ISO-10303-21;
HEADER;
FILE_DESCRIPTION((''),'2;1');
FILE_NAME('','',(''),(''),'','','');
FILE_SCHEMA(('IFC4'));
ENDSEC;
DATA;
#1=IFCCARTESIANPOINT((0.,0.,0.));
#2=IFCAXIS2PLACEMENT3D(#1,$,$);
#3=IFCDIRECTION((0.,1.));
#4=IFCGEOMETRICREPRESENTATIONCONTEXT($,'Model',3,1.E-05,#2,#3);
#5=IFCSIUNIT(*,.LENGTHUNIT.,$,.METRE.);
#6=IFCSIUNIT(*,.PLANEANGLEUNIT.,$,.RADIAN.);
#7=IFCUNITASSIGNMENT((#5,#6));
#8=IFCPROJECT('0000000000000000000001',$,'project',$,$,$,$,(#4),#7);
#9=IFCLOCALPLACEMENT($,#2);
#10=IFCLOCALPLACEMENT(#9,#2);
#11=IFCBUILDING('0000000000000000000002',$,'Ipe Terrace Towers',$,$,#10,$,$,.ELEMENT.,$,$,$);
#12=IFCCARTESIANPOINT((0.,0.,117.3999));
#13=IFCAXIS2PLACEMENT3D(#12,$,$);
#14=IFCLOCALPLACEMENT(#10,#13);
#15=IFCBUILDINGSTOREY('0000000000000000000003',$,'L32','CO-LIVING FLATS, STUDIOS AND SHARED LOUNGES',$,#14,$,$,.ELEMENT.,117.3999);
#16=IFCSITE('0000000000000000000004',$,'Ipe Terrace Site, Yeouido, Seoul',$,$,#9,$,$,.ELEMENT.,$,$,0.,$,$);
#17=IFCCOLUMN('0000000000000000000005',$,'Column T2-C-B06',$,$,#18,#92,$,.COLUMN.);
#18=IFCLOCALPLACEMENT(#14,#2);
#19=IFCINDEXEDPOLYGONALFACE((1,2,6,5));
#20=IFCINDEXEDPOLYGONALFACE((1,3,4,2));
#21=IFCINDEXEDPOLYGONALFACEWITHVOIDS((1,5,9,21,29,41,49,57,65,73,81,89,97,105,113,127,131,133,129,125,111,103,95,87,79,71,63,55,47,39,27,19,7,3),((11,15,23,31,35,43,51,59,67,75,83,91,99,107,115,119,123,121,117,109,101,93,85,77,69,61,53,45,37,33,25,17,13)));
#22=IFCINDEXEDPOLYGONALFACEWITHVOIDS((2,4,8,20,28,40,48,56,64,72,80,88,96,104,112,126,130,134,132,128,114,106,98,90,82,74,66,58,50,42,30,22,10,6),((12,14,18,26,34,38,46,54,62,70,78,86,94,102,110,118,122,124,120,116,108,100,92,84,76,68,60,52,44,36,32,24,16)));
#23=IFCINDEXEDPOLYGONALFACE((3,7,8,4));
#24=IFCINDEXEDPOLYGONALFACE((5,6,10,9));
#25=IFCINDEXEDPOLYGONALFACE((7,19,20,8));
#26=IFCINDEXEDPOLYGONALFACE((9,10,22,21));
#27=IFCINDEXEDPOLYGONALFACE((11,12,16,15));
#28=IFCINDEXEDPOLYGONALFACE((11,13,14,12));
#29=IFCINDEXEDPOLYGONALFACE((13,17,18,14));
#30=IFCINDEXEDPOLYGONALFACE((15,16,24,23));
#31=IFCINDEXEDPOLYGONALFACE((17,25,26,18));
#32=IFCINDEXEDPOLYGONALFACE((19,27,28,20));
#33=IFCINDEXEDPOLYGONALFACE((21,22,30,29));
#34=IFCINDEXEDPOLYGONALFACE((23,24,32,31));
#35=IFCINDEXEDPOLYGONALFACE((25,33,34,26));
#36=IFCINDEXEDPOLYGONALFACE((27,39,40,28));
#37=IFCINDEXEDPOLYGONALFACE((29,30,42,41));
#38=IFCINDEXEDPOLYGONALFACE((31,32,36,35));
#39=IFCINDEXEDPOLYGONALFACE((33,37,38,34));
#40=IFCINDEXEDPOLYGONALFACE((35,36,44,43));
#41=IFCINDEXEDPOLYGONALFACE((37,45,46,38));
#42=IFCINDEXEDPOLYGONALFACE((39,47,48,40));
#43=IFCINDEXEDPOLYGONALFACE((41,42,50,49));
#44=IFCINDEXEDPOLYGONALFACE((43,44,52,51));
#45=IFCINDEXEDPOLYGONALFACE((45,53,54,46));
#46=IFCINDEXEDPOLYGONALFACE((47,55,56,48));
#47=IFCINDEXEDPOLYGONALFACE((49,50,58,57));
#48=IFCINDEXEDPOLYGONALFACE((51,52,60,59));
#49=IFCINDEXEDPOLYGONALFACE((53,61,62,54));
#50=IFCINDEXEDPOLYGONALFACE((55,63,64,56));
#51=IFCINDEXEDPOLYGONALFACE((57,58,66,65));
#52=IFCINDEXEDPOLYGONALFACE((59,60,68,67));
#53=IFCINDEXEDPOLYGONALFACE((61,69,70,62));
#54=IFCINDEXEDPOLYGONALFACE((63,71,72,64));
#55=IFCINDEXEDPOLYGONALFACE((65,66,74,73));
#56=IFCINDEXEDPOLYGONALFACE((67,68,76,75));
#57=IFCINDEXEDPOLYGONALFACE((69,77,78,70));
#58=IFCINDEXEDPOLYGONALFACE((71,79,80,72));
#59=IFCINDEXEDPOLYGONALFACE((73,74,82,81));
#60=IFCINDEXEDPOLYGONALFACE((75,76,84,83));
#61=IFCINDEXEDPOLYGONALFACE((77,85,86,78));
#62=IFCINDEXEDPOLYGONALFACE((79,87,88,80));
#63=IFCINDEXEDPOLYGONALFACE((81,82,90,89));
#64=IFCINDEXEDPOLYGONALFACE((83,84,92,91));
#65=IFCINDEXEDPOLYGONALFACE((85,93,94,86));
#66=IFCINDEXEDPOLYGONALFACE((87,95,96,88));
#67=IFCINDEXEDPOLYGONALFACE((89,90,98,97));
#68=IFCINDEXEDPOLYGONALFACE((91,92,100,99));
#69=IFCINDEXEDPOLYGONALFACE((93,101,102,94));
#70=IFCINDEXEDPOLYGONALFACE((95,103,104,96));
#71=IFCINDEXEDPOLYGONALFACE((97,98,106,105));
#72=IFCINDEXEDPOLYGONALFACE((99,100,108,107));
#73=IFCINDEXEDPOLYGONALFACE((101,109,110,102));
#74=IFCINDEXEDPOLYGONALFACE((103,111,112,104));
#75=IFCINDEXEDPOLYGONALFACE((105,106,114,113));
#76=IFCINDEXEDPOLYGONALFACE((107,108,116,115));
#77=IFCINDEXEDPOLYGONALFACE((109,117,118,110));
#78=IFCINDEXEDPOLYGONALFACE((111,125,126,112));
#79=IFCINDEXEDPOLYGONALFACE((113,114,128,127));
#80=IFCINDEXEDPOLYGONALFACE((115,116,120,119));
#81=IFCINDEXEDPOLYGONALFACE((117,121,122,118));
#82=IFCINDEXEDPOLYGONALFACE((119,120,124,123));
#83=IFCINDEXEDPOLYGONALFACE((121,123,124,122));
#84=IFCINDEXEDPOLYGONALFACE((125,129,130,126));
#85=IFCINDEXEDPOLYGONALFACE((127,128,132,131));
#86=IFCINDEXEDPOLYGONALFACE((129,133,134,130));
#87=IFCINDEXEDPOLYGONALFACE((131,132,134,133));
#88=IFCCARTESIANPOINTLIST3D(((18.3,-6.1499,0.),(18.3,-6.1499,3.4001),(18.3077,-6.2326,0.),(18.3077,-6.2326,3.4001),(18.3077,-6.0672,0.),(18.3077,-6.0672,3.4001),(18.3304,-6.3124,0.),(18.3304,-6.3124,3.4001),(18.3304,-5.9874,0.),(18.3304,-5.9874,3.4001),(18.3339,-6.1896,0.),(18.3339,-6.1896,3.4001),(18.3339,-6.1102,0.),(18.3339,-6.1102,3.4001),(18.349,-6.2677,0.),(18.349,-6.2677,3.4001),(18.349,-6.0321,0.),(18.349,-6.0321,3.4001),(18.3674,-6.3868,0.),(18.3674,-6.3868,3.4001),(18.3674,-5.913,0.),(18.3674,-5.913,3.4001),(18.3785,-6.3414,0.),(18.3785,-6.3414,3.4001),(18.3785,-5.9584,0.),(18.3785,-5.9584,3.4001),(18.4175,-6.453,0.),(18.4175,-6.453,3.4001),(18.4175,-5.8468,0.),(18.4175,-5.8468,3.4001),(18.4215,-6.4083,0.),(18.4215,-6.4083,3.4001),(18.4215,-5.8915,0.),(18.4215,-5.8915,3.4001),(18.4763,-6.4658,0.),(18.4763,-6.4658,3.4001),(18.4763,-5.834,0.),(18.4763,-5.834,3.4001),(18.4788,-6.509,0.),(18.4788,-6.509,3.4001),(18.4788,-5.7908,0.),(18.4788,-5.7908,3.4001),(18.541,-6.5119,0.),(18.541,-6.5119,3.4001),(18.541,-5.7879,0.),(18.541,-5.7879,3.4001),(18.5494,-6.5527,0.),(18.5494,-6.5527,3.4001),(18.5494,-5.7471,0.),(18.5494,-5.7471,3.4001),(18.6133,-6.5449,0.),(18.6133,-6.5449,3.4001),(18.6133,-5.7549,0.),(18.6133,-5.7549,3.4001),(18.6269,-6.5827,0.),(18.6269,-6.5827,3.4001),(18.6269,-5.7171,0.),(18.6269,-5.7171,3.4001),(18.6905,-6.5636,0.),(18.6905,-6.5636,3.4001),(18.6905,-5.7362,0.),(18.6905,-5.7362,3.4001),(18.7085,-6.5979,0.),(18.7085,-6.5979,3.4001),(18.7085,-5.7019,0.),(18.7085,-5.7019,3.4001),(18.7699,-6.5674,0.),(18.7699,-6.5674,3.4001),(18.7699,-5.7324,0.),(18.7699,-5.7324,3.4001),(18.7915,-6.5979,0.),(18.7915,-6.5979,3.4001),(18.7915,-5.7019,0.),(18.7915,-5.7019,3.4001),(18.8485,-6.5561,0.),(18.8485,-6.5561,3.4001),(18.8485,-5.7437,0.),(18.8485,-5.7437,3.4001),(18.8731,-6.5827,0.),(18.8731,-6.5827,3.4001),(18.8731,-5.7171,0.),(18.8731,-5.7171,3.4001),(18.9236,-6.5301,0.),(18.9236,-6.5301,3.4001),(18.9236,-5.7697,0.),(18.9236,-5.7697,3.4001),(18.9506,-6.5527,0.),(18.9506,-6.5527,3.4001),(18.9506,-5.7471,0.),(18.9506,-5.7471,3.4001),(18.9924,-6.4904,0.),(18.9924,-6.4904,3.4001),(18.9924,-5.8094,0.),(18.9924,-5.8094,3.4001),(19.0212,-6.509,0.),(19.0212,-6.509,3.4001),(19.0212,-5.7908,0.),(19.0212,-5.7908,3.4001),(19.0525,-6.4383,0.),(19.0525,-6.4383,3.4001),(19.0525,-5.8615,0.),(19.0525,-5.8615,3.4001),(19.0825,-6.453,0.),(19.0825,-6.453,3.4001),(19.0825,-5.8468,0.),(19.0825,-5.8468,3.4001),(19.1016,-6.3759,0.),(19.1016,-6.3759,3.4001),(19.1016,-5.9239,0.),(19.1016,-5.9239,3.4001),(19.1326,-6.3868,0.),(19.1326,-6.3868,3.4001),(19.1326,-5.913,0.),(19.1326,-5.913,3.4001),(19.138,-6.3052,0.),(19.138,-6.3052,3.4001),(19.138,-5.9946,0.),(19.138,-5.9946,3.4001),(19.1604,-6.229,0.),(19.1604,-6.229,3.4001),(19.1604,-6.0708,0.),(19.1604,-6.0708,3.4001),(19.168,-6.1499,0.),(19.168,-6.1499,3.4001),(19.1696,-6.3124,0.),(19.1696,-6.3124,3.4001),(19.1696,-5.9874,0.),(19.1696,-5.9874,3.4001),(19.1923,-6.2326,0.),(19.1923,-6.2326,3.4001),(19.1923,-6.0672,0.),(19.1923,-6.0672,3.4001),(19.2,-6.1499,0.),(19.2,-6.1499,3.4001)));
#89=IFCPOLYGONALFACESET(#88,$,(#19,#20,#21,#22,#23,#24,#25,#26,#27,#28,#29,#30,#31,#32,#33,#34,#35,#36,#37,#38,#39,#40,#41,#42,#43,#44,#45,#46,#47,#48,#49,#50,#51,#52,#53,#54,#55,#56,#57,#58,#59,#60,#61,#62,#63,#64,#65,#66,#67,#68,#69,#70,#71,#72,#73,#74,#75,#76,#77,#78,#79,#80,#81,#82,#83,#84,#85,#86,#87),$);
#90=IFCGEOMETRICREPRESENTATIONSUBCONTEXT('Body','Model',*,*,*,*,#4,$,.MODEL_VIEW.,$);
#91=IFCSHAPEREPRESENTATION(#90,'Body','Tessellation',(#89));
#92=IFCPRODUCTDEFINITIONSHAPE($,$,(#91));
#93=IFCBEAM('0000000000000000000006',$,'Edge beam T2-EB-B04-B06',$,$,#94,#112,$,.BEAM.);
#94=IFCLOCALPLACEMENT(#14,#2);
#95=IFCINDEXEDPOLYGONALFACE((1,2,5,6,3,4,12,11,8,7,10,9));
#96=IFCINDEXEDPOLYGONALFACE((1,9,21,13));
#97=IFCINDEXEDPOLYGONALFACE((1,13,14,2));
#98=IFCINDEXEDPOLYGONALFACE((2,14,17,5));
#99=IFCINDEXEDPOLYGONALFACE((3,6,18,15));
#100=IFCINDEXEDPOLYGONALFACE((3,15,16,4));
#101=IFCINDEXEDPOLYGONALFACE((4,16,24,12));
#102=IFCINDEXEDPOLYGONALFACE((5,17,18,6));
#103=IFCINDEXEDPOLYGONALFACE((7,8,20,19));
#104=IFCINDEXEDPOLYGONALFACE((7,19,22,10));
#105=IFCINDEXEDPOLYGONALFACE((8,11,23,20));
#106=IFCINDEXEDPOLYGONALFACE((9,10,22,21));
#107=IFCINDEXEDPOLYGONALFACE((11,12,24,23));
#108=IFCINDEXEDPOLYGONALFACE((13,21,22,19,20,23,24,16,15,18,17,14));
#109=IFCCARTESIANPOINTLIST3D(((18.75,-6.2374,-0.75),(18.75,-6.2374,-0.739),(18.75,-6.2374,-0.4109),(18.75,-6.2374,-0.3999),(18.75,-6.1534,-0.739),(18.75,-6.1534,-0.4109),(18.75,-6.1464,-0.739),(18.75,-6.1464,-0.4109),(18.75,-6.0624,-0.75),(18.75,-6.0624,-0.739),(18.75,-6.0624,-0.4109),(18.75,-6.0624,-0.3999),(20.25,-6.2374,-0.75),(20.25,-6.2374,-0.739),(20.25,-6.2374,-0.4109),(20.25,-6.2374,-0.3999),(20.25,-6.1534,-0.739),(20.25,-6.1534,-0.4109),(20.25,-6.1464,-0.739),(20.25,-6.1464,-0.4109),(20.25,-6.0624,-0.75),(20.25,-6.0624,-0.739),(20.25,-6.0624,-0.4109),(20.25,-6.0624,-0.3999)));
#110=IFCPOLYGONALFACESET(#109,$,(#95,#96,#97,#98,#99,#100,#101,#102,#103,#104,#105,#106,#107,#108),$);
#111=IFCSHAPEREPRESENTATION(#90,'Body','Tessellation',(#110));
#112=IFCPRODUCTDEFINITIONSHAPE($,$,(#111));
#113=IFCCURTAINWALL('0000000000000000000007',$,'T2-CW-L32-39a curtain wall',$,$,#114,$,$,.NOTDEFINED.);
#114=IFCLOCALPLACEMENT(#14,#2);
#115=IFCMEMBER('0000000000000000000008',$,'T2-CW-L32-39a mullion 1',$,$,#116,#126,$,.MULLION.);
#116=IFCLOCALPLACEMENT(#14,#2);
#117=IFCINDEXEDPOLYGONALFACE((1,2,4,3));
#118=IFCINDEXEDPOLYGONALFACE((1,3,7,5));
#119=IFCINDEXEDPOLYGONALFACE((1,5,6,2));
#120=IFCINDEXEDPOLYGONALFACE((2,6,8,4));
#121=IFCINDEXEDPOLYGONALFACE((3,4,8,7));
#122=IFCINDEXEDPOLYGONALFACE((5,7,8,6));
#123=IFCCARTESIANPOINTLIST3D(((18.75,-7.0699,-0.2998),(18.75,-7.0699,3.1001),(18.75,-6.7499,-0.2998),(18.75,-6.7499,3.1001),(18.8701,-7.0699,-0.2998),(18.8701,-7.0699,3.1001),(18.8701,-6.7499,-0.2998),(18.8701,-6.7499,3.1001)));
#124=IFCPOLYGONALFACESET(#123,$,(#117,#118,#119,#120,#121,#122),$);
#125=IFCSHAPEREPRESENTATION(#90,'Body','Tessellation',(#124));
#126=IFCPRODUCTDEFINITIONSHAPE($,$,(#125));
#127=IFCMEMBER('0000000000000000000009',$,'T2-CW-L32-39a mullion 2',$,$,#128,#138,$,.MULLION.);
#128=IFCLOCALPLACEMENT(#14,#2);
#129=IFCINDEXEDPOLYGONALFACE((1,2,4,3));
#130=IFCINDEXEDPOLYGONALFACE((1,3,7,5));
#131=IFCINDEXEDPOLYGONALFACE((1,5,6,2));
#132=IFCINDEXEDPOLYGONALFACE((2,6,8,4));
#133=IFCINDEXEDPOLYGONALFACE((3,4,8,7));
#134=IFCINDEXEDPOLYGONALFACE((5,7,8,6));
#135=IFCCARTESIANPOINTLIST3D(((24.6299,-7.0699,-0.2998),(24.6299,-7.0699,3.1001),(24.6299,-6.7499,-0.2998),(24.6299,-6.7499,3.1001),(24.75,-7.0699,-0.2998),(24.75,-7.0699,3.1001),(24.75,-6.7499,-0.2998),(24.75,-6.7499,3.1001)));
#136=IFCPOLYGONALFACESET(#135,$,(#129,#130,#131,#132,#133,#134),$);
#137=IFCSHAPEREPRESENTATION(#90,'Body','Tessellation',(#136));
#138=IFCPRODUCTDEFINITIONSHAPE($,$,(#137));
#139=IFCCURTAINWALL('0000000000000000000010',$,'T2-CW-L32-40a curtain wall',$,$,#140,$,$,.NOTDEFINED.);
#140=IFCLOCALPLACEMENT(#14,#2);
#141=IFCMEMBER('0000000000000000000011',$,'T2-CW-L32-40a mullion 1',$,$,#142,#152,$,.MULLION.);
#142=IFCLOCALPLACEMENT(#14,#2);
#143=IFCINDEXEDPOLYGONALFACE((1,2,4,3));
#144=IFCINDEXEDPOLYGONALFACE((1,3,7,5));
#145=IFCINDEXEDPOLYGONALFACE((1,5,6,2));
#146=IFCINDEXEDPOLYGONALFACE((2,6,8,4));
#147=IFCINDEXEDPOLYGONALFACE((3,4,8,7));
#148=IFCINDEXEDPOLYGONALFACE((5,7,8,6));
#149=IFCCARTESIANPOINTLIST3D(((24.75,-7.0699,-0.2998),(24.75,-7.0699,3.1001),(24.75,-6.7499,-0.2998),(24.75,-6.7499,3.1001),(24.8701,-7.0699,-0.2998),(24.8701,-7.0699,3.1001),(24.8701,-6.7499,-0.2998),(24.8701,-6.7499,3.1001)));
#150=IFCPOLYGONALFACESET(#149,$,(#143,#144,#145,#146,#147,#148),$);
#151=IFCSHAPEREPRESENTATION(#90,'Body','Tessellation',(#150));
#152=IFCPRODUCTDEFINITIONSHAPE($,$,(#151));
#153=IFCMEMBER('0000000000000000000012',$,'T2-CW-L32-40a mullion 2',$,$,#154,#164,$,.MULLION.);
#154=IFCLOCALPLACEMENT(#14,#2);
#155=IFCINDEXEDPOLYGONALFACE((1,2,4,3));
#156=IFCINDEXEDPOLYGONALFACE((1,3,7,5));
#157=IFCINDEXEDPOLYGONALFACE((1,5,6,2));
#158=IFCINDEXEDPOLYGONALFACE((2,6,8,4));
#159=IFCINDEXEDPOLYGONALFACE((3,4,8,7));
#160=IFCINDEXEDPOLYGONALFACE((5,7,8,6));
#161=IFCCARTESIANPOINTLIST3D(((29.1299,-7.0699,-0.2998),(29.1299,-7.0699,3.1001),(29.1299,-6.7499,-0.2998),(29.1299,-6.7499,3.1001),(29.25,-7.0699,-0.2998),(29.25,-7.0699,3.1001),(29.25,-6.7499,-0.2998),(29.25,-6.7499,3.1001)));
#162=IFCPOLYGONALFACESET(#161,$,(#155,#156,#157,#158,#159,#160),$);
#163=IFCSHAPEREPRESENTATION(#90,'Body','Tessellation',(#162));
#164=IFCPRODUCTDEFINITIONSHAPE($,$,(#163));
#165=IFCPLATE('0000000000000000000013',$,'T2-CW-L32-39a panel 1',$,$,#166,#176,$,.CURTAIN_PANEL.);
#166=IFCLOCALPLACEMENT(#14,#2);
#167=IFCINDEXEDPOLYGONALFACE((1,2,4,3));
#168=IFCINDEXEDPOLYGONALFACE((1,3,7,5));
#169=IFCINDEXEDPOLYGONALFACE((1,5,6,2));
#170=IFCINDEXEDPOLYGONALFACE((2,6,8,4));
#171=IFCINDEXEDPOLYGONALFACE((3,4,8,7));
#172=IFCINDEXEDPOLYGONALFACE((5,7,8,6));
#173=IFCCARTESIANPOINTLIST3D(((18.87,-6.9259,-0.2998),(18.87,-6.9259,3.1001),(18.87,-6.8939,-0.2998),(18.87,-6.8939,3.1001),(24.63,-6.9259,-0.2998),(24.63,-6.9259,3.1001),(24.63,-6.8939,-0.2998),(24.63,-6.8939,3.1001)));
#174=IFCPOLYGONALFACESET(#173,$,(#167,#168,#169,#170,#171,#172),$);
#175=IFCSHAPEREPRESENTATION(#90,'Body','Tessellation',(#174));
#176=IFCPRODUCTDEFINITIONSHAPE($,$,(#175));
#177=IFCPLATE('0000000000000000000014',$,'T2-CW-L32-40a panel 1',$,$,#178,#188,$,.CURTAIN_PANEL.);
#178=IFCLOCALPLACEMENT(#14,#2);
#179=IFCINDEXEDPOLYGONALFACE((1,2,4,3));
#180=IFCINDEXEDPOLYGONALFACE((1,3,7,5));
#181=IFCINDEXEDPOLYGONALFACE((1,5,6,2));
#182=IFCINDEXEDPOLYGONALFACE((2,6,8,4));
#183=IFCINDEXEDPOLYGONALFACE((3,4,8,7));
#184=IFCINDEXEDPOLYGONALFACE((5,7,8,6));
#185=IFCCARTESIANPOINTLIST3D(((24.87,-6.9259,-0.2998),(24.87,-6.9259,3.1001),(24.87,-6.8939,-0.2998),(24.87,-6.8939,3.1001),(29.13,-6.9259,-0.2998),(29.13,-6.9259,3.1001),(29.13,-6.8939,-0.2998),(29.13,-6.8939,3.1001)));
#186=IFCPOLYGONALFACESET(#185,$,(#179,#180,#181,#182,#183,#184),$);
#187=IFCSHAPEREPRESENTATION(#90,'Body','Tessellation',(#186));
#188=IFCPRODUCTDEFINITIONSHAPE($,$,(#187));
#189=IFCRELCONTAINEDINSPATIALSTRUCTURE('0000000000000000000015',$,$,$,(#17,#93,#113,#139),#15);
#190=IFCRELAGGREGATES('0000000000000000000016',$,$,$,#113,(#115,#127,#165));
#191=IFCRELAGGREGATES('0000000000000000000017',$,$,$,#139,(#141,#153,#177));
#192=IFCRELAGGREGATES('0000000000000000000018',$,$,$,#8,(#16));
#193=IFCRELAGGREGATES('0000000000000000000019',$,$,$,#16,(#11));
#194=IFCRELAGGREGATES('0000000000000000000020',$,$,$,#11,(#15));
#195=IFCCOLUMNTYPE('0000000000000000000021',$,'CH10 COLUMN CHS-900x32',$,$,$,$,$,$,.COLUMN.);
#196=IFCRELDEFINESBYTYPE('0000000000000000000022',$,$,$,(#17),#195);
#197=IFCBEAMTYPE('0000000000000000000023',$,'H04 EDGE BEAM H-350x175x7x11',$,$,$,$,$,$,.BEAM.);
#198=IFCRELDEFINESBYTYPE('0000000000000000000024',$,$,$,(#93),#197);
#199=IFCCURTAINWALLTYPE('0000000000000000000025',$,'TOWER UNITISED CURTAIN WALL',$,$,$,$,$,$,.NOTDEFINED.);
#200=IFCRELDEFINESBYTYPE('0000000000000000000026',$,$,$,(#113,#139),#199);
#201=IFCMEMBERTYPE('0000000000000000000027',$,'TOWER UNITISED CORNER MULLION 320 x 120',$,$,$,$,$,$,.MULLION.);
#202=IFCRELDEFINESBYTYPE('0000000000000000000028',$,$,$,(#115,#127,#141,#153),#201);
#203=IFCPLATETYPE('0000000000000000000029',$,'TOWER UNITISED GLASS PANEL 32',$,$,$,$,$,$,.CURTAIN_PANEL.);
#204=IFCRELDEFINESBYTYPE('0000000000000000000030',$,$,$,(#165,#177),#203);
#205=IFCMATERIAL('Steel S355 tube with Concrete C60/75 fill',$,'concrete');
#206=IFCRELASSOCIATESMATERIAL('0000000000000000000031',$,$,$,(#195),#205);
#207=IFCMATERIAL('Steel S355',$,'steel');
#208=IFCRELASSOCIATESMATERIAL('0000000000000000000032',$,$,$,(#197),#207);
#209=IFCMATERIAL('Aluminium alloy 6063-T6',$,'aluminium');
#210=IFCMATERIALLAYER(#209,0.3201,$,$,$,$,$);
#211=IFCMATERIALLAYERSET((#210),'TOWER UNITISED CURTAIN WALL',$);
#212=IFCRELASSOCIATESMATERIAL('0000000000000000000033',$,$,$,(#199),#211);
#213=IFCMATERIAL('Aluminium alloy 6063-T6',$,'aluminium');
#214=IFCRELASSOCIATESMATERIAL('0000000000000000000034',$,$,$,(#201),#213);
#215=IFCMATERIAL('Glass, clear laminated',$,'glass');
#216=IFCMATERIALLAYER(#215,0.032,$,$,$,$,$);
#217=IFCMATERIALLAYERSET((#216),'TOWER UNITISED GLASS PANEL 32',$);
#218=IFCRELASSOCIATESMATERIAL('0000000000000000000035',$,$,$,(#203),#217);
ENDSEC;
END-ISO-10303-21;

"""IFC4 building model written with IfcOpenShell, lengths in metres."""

from ifc_helpers import new_model, si_unit, direction, frame, origin, origin_2d, place, context, subcontext, project, spatial, rectangle, hollow_circle, i_section, extrude, material, layer, layer_set, material_profile, profile_set, type_object, element, aggregate, save


model = new_model("IFC4")

# Units and contexts
model_context = context("Model", 3, precision=1e-05, world=origin(), true_north=direction((0.0, 1.0)))
body_context = subcontext(model_context, "Body", "Model", "MODEL_VIEW")
ifc_project = project(units=[si_unit("LENGTHUNIT", "METRE"), si_unit("PLANEANGLEUNIT", "RADIAN")], contexts=[model_context])

# Site, building, storey
site_placement = place(None, origin())
site = spatial("IfcSite", under=ifc_project, at=site_placement, Name="Ipe Terrace Site, Yeouido, Seoul", CompositionType="ELEMENT", RefElevation=0.0)
building_placement = place(site_placement, origin())
building = spatial("IfcBuilding", under=site, at=building_placement, Name="Ipe Terrace Towers", CompositionType="ELEMENT")
storey_placement = place(building_placement, frame((0.0, 0.0, 117.3999)))
storey = spatial("IfcBuildingStorey", under=building, at=storey_placement, Name="L32", Description="CO-LIVING FLATS, STUDIOS AND SHARED LOUNGES", CompositionType="ELEMENT", Elevation=117.3999)

# Column
ifc_material_1 = material(Name="Steel S355 tube with Concrete C60/75 fill", Category="concrete")
ifc_material_profile_1 = material_profile(ifc_material_1, hollow_circle(Radius=0.45, WallThickness=0.032, at=origin_2d()), Name="CHS-900x32")
ifc_profile_set_1 = profile_set([ifc_material_profile_1], Name="Steel S355 tube with Concrete C60/75 fill")
column_type_1 = type_object("IfcColumnType", Name="CH10 COLUMN CHS-900x32", PredefinedType="COLUMN", material=ifc_profile_set_1)
for number, where, z_axis, x_axis, name in (
    (1, (18.75, -6.1499, 0.0), (0.0, 0.0, 1.0), (1.0, 0.0, 0.0), "Column T2-C-B06"),
):
    element("IfcColumn", number, at=place(storey_placement, frame(where, z_axis=z_axis, x_axis=x_axis)), inside=storey, type_object=column_type_1, Name=name, PredefinedType="COLUMN", context=body_context, shape_type="SweptSolid", body=[
        extrude(hollow_circle(Radius=0.45, WallThickness=0.032, at=origin_2d()), origin(), (0.0, 0.0, 1.0), 3.4001),
    ])

# Beam
ifc_material_2 = material(Name="Steel S355", Category="steel")
ifc_material_profile_2 = material_profile(ifc_material_2, i_section(OverallWidth=0.175, OverallDepth=0.3501, WebThickness=0.0071, FlangeThickness=0.011, at=origin_2d()), Name="H-350x175x7x11")
ifc_profile_set_2 = profile_set([ifc_material_profile_2], Name="Steel S355")
beam_type = type_object("IfcBeamType", Name="H04 EDGE BEAM H-350x175x7x11", PredefinedType="BEAM", material=ifc_profile_set_2)
beam_placement = place(storey_placement, frame((20.25, -6.1499, -0.575), z_axis=(-1.0, 0.0, 0.0), x_axis=(0.0, -1.0, 0.0)))
element("IfcBeam", 2, at=beam_placement, inside=storey, type_object=beam_type, Name="Edge beam T2-EB-B04-B06", PredefinedType="BEAM", context=body_context, shape_type="SweptSolid", body=[
    extrude(i_section(OverallWidth=0.175, OverallDepth=0.3501, WebThickness=0.0071, FlangeThickness=0.011, at=origin_2d()), origin(), (0.0, 0.0, 1.0), 1.5),
])

# Curtain walls, members
ifc_material_3 = material(Name="Aluminium alloy 6063-T6", Category="aluminium")
ifc_layer_1 = layer(ifc_material_3, 0.3201)
ifc_layer_set_1 = layer_set([ifc_layer_1], Name="TOWER UNITISED CURTAIN WALL")
curtain_wall_type = type_object("IfcCurtainWallType", Name="TOWER UNITISED CURTAIN WALL", PredefinedType="NOTDEFINED", material=ifc_layer_set_1)
curtain_wall_1_placement = place(storey_placement, origin())
curtain_wall_1 = element("IfcCurtainWall", 3, at=curtain_wall_1_placement, inside=storey, type_object=curtain_wall_type, Name="T2-CW-L32-39a curtain wall", PredefinedType="NOTDEFINED")
ifc_material_4 = material(Name="Aluminium alloy 6063-T6", Category="aluminium")
ifc_material_profile_3 = material_profile(ifc_material_4, rectangle(XDim=0.3201, YDim=0.1201, at=origin_2d()), Name="TOWER UNITISED CORNER MULLION 320 x 120")
ifc_profile_set_3 = profile_set([ifc_material_profile_3], Name="Aluminium alloy 6063-T6")
member_type = type_object("IfcMemberType", Name="TOWER UNITISED CORNER MULLION 320 x 120", PredefinedType="MULLION", material=ifc_profile_set_3)
member_1_placement = place(storey_placement, frame((18.8101, -6.9099, -0.2998), z_axis=(0.0, 0.0, 1.0), x_axis=(0.0, -1.0, 0.0)))
member_1 = element("IfcMember", 4, at=member_1_placement, type_object=member_type, Name="T2-CW-L32-39a mullion 1", PredefinedType="MULLION", context=body_context, shape_type="SweptSolid", body=[
    extrude(rectangle(XDim=0.3201, YDim=0.1201, at=origin_2d()), origin(), (0.0, 0.0, 1.0), 3.3999),
])
member_2_placement = place(storey_placement, frame((24.6899, -6.9099, -0.2998), z_axis=(0.0, 0.0, 1.0), x_axis=(0.0, -1.0, 0.0)))
member_2 = element("IfcMember", 5, at=member_2_placement, type_object=member_type, Name="T2-CW-L32-39a mullion 2", PredefinedType="MULLION", context=body_context, shape_type="SweptSolid", body=[
    extrude(rectangle(XDim=0.3201, YDim=0.1201, at=origin_2d()), origin(), (0.0, 0.0, 1.0), 3.3999),
])
curtain_wall_2_placement = place(storey_placement, origin())
curtain_wall_2 = element("IfcCurtainWall", 6, at=curtain_wall_2_placement, inside=storey, type_object=curtain_wall_type, Name="T2-CW-L32-40a curtain wall", PredefinedType="NOTDEFINED")
member_3_placement = place(storey_placement, frame((24.8101, -6.9099, -0.2998), z_axis=(0.0, 0.0, 1.0), x_axis=(0.0, -1.0, 0.0)))
member_3 = element("IfcMember", 7, at=member_3_placement, type_object=member_type, Name="T2-CW-L32-40a mullion 1", PredefinedType="MULLION", context=body_context, shape_type="SweptSolid", body=[
    extrude(rectangle(XDim=0.3201, YDim=0.1201, at=origin_2d()), origin(), (0.0, 0.0, 1.0), 3.3999),
])
member_4_placement = place(storey_placement, frame((29.1899, -6.9099, -0.2998), z_axis=(0.0, 0.0, 1.0), x_axis=(0.0, -1.0, 0.0)))
member_4 = element("IfcMember", 8, at=member_4_placement, type_object=member_type, Name="T2-CW-L32-40a mullion 2", PredefinedType="MULLION", context=body_context, shape_type="SweptSolid", body=[
    extrude(rectangle(XDim=0.3201, YDim=0.1201, at=origin_2d()), origin(), (0.0, 0.0, 1.0), 3.3999),
])

# Plates
ifc_material_5 = material(Name="Glass, clear laminated", Category="glass")
ifc_layer_2 = layer(ifc_material_5, 0.032)
ifc_layer_set_2 = layer_set([ifc_layer_2], Name="TOWER UNITISED GLASS PANEL 32")
plate_type = type_object("IfcPlateType", Name="TOWER UNITISED GLASS PANEL 32", PredefinedType="CURTAIN_PANEL", material=ifc_layer_set_2)
plate_1_placement = place(storey_placement, frame((21.75, -6.9099, -0.2998), z_axis=(0.0, 0.0, 1.0), x_axis=(1.0, 0.0, 0.0)))
plate_1 = element("IfcPlate", 9, at=plate_1_placement, type_object=plate_type, Name="T2-CW-L32-39a panel 1", PredefinedType="CURTAIN_PANEL", context=body_context, shape_type="SweptSolid", body=[
    extrude(rectangle(XDim=5.76, YDim=0.032, at=origin_2d()), origin(), (0.0, 0.0, 1.0), 3.3999),
])
aggregate(curtain_wall_1, [member_1, member_2, plate_1])
plate_2_placement = place(storey_placement, frame((27.0, -6.9099, -0.2998), z_axis=(0.0, 0.0, 1.0), x_axis=(1.0, 0.0, 0.0)))
plate_2 = element("IfcPlate", 10, at=plate_2_placement, type_object=plate_type, Name="T2-CW-L32-40a panel 1", PredefinedType="CURTAIN_PANEL", context=body_context, shape_type="SweptSolid", body=[
    extrude(rectangle(XDim=4.26, YDim=0.032, at=origin_2d()), origin(), (0.0, 0.0, 1.0), 3.3999),
])
aggregate(curtain_wall_2, [member_3, member_4, plate_2])

save(model, "model.ifc")
